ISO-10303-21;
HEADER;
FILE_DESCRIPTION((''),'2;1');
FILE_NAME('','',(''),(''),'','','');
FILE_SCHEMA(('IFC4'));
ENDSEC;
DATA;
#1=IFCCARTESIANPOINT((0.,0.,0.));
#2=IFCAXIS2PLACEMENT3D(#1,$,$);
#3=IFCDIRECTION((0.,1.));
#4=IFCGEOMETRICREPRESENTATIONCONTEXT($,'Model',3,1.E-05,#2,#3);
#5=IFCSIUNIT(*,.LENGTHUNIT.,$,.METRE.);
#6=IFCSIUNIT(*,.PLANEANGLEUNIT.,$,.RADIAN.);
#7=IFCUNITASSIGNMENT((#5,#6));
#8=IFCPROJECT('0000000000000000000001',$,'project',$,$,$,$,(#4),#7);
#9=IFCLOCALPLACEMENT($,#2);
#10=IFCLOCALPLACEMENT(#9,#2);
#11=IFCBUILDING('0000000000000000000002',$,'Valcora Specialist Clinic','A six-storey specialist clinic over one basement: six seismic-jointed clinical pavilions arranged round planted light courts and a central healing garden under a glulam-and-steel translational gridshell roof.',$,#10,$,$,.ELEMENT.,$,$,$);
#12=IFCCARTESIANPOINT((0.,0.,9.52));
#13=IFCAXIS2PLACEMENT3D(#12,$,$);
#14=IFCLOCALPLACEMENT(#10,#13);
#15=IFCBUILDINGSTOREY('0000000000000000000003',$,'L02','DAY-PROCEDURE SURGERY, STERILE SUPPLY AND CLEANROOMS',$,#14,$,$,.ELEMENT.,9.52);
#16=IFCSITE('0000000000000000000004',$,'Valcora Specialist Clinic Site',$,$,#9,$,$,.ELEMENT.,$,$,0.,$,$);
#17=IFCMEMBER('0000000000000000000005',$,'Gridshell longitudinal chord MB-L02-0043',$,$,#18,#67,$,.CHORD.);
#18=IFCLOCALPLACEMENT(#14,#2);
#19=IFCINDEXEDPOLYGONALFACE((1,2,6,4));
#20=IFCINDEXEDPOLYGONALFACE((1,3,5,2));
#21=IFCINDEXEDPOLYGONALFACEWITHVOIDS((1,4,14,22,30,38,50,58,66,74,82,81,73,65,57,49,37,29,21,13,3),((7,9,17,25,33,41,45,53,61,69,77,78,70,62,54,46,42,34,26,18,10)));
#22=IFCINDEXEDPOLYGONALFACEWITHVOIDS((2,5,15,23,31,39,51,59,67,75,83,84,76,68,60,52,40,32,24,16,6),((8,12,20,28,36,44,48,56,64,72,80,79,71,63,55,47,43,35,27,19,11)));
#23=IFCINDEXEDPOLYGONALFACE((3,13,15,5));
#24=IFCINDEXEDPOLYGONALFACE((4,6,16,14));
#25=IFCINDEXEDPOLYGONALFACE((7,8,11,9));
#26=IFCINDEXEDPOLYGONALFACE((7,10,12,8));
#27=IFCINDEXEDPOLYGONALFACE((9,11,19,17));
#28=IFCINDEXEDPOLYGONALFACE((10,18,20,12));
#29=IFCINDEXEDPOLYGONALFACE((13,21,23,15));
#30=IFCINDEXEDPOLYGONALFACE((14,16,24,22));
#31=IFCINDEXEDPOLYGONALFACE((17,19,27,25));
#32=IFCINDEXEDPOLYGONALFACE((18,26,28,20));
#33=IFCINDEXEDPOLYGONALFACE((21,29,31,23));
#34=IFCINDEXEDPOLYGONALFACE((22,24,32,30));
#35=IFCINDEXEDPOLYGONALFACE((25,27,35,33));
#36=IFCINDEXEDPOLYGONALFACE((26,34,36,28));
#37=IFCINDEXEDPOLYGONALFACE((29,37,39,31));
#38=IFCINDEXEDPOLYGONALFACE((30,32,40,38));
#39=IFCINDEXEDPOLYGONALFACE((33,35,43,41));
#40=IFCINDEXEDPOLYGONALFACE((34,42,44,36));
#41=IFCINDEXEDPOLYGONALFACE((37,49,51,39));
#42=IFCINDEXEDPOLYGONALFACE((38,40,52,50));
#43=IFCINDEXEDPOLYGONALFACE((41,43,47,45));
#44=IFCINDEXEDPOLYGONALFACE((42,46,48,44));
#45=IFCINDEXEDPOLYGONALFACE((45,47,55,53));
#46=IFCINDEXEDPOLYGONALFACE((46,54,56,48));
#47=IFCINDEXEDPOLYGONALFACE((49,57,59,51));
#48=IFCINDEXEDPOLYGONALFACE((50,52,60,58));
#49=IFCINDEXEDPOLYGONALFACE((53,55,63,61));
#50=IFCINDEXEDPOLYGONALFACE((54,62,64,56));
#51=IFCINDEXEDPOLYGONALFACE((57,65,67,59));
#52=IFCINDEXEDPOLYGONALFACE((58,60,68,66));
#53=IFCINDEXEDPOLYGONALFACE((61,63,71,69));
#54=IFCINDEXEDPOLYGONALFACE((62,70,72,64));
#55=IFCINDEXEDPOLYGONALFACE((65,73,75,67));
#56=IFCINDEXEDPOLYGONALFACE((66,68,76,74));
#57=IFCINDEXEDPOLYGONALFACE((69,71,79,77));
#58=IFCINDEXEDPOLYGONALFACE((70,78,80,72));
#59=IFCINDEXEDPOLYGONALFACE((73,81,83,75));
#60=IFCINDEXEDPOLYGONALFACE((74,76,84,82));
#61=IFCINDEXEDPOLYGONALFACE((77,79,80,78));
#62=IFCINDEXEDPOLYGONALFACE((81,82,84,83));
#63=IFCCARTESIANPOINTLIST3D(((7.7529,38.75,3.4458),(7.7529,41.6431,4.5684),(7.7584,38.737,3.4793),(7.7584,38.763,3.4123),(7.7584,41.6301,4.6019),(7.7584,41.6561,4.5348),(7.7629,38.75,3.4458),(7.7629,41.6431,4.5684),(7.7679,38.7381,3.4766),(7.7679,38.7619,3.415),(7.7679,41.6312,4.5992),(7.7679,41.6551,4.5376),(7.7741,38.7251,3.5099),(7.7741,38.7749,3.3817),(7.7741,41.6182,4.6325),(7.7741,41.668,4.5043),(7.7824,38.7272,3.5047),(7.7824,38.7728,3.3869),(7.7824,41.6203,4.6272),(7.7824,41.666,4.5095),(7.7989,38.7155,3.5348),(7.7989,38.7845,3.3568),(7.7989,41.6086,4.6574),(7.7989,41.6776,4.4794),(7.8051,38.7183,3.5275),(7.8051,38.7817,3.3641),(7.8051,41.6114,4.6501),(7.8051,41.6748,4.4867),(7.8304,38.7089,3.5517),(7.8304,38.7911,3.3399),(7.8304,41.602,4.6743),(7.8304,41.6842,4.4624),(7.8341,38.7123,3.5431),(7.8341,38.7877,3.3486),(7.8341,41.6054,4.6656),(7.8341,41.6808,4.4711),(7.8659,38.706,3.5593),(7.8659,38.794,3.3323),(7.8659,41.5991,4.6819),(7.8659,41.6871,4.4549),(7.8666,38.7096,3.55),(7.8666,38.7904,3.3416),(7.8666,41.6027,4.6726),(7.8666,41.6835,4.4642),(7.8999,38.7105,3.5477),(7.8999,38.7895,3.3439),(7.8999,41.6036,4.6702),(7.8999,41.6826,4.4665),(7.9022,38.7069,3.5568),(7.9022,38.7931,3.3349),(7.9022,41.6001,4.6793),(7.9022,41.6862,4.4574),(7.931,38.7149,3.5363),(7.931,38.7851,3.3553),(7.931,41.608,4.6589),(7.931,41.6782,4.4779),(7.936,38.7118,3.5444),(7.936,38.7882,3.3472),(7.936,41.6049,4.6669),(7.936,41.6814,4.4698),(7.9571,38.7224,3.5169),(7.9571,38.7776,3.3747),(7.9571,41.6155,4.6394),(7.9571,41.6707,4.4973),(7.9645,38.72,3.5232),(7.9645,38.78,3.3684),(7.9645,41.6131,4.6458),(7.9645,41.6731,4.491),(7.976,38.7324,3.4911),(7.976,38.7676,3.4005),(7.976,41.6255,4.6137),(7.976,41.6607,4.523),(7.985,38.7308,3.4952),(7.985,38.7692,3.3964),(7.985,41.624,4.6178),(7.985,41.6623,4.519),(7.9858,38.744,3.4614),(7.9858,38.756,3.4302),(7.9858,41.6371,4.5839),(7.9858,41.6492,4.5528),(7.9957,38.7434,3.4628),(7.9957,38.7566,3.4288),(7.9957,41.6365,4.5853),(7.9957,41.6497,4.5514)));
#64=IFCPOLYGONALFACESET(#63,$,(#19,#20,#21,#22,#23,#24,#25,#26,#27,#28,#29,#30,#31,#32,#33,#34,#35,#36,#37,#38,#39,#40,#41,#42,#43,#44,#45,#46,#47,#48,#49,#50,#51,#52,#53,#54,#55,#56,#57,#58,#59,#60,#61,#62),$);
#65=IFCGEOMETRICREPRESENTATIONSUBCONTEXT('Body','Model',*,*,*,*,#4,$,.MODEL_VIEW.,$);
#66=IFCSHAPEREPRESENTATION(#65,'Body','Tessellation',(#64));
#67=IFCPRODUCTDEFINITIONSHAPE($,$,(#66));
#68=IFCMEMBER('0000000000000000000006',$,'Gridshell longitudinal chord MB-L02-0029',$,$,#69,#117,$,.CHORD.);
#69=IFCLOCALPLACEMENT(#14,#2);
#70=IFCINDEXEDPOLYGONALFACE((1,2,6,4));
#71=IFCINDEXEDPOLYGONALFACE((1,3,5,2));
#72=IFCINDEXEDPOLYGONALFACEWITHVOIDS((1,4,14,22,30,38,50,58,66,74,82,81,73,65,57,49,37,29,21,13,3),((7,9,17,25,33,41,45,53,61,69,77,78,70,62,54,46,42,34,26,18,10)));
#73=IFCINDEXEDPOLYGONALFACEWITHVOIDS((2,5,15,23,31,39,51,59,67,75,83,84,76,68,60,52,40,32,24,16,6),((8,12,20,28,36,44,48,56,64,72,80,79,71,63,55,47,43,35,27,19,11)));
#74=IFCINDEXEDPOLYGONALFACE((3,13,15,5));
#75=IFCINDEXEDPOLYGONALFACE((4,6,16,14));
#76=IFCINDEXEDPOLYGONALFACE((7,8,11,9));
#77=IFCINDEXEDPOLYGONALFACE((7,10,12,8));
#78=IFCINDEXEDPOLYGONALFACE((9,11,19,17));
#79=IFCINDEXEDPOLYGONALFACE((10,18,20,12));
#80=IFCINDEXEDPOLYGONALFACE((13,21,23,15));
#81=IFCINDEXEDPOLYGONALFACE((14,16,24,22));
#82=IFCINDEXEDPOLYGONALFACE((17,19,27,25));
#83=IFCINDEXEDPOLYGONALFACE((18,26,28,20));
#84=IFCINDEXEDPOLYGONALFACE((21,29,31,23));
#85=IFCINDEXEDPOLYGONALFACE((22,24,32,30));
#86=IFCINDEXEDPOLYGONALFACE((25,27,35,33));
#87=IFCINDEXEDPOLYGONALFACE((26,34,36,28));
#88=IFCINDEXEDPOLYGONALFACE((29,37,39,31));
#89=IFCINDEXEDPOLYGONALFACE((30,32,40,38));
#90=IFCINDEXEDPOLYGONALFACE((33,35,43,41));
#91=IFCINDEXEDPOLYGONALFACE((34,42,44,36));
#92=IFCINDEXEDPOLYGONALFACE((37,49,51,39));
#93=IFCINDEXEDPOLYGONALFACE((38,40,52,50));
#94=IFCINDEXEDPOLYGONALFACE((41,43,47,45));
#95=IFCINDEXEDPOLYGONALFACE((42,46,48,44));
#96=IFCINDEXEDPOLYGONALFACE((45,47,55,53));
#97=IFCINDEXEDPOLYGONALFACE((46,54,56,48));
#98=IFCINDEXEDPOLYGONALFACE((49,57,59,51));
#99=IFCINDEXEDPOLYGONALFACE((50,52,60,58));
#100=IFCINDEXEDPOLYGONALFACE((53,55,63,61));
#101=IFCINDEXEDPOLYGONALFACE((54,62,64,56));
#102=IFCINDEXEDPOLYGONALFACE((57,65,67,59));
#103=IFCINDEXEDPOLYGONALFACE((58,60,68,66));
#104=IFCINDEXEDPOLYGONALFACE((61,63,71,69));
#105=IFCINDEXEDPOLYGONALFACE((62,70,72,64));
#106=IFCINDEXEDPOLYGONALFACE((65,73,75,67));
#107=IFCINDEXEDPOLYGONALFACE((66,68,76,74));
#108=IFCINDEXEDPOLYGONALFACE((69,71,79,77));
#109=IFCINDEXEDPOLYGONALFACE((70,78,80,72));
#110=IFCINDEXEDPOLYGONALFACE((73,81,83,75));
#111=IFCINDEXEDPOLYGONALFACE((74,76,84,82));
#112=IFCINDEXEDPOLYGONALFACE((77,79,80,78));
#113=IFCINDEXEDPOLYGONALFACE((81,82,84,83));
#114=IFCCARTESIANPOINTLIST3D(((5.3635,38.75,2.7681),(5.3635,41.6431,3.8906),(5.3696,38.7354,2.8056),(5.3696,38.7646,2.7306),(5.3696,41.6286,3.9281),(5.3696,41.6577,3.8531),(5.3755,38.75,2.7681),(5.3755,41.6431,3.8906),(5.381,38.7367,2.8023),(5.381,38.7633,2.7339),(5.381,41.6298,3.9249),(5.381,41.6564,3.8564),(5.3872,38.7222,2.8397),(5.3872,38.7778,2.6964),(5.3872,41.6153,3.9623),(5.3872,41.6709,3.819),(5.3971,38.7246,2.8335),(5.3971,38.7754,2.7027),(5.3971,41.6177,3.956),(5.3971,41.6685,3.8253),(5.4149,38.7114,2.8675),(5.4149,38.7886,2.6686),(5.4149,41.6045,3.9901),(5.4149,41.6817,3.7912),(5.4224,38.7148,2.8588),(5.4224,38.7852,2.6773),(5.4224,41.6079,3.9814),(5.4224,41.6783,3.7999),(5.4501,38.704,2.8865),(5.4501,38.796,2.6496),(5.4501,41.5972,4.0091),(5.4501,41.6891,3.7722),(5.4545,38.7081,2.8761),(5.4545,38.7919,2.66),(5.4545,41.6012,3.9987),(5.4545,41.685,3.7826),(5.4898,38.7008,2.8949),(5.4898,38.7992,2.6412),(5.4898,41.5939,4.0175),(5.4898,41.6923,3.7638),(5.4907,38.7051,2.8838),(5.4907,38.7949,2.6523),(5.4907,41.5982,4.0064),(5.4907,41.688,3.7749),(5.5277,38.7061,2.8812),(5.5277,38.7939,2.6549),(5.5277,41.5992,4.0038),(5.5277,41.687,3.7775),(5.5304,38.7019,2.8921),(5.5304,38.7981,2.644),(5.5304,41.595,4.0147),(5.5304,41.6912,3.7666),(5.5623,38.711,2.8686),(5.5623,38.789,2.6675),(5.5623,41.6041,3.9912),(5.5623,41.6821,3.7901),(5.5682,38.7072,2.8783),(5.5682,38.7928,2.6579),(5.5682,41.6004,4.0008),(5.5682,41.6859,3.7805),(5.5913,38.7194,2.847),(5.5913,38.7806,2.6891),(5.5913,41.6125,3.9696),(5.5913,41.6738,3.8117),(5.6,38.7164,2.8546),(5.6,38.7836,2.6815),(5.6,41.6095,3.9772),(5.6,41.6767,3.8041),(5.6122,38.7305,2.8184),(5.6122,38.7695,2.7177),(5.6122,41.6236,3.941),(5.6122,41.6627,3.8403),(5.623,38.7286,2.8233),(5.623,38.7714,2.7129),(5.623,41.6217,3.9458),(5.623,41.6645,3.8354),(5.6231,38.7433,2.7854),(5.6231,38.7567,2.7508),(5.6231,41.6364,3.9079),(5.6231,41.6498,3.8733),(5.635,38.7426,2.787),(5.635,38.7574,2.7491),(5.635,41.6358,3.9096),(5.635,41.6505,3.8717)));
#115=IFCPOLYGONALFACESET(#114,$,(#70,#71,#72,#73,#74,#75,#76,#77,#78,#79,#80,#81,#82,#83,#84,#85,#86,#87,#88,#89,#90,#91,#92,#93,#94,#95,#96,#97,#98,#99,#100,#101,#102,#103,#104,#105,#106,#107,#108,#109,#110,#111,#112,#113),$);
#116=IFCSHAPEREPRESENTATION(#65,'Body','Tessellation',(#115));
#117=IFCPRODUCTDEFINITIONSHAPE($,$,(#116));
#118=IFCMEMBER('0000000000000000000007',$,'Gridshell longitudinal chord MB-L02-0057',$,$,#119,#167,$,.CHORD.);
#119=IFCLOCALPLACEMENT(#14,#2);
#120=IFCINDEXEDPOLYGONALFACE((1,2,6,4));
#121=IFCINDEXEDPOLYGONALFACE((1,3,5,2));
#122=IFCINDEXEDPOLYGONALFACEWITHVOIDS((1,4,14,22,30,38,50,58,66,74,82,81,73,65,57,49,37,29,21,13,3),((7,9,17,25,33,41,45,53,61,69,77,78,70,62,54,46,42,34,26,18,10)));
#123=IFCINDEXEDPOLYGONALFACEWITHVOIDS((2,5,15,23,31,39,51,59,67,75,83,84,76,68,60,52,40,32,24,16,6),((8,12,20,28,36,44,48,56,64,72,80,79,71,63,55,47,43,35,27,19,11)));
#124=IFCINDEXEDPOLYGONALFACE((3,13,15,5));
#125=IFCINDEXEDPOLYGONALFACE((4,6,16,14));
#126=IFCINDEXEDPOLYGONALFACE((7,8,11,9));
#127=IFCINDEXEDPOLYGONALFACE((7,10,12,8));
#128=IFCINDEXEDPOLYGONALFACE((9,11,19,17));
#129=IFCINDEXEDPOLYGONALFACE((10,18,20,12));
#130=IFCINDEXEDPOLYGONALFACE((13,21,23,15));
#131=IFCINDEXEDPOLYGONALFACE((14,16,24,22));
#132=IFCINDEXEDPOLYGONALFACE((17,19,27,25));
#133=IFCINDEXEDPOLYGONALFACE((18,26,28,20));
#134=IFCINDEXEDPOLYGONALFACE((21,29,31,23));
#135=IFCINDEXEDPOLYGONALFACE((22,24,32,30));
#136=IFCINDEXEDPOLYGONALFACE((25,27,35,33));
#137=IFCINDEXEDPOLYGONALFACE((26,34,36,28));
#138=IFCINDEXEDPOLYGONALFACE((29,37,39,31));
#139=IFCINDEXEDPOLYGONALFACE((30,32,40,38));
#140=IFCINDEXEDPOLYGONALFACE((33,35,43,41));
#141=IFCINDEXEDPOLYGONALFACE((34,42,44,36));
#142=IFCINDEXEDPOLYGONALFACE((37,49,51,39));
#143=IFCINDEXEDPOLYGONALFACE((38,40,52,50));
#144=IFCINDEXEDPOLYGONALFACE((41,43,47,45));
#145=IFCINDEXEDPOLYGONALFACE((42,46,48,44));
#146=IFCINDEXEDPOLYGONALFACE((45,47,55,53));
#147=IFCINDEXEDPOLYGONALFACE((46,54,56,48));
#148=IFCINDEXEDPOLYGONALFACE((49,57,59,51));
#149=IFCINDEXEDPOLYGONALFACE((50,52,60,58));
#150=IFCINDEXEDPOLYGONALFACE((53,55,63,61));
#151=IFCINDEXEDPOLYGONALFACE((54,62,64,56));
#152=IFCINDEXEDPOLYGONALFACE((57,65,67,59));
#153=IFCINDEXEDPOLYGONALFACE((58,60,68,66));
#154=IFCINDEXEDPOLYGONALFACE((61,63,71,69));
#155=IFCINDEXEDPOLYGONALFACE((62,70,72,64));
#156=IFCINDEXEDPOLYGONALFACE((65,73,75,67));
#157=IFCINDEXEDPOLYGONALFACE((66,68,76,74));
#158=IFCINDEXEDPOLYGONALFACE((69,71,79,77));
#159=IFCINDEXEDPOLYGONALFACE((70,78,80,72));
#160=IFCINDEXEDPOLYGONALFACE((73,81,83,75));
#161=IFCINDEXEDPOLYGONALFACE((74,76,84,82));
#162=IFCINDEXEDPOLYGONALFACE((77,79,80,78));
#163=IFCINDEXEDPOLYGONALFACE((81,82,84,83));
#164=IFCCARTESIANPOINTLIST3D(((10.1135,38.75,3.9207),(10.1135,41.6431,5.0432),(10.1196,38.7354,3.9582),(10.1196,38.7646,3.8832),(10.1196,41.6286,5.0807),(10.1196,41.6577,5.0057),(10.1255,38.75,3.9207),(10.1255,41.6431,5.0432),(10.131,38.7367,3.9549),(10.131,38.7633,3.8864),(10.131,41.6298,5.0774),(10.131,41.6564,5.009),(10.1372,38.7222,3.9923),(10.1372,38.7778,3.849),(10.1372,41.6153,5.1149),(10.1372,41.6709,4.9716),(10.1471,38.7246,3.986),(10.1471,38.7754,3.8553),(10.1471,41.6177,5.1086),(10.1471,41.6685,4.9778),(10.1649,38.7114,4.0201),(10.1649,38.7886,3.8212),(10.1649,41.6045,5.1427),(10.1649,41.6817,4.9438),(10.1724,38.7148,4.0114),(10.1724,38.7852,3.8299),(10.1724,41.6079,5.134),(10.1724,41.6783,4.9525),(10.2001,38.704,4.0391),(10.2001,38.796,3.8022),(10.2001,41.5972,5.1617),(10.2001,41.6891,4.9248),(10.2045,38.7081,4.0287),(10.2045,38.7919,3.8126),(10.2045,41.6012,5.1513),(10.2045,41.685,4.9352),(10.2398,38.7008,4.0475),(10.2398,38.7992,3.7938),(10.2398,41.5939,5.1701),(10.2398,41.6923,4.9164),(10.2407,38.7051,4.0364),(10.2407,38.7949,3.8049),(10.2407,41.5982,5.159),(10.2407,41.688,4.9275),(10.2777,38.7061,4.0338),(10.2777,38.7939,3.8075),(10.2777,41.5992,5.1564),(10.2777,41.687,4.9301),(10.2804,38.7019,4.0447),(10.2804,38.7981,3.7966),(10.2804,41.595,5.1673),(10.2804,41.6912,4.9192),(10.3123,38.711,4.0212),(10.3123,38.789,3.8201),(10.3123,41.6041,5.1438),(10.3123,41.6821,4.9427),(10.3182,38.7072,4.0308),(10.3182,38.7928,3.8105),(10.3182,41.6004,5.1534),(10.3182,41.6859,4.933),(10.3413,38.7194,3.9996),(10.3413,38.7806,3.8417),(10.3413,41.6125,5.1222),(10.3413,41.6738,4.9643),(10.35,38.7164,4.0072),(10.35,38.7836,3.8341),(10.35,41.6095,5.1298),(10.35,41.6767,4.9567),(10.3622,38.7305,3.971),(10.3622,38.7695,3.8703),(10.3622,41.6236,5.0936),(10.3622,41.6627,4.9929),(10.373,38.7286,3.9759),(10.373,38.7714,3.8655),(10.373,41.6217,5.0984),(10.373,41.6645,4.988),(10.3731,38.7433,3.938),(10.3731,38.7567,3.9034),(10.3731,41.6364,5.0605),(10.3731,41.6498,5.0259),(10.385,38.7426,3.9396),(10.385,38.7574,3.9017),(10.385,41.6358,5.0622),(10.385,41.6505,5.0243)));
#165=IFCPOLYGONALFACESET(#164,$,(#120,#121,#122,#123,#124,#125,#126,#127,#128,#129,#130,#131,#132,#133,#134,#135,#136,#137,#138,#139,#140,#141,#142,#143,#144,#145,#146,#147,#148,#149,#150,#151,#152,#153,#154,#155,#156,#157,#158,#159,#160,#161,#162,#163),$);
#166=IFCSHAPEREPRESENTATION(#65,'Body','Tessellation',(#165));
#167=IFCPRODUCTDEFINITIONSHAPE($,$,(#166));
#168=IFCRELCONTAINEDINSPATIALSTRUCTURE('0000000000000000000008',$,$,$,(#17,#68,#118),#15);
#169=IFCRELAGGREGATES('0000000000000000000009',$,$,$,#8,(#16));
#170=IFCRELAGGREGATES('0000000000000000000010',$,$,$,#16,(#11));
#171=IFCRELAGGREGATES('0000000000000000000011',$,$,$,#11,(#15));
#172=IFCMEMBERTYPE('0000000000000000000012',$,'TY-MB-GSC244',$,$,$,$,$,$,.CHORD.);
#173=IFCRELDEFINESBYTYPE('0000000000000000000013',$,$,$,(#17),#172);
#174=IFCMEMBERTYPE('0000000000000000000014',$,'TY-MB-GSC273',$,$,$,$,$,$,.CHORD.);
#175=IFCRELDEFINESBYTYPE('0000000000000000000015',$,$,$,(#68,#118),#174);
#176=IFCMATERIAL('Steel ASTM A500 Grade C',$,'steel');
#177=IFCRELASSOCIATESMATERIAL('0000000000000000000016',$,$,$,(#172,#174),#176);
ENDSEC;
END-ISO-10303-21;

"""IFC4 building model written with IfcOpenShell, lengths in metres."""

from ifc_helpers import new_model, si_unit, direction, frame, origin, origin_2d, place, context, subcontext, project, spatial, hollow_circle, extrude, material, material_profile, profile_set, type_object, element, save


model = new_model("IFC4")

# Units and contexts
model_context = context("Model", 3, precision=1e-05, world=origin(), true_north=direction((0.0, 1.0)))
body_context = subcontext(model_context, "Body", "Model", "MODEL_VIEW")
ifc_project = project(units=[si_unit("LENGTHUNIT", "METRE"), si_unit("PLANEANGLEUNIT", "RADIAN")], contexts=[model_context])

# Site, building, storey
site_placement = place(None, origin())
site = spatial("IfcSite", under=ifc_project, at=site_placement, Name="Valcora Specialist Clinic Site", CompositionType="ELEMENT", RefElevation=0.0)
building_placement = place(site_placement, origin())
building = spatial("IfcBuilding", under=site, at=building_placement, Name="Valcora Specialist Clinic", Description="A six-storey specialist clinic over one basement: six seismic-jointed clinical pavilions arranged round planted light courts and a central healing garden under a glulam-and-steel translational gridshell roof.", CompositionType="ELEMENT")
storey_placement = place(building_placement, frame((0.0, 0.0, 9.52)))
storey = spatial("IfcBuildingStorey", under=building, at=storey_placement, Name="L02", Description="DAY-PROCEDURE SURGERY, STERILE SUPPLY AND CLEANROOMS", CompositionType="ELEMENT", Elevation=9.52)

# Members
ifc_material_1 = material(Name="Steel ASTM A500 Grade C", Category="steel")
ifc_material_profile_1 = material_profile(ifc_material_1, hollow_circle(Radius=0.1221, WallThickness=0.01, at=origin_2d()), Name="ST-CHS-244X10")
ifc_profile_set_1 = profile_set([ifc_material_profile_1], Name="Steel ASTM A500 Grade C")
member_type_1 = type_object("IfcMemberType", Name="TY-MB-GSC244", PredefinedType="CHORD", material=ifc_profile_set_1)
for number, where, z_axis, x_axis, name in (
    (1, (7.875, 38.75, 3.4458), (0.0, 0.932279, 0.36174), (-1.0, 0.0, 0.0), "Gridshell longitudinal chord MB-L02-0043"),
):
    element("IfcMember", number, at=place(storey_placement, frame(where, z_axis=z_axis, x_axis=x_axis)), inside=storey, type_object=member_type_1, Name=name, PredefinedType="CHORD", context=body_context, shape_type="SweptSolid", body=[
        extrude(hollow_circle(Radius=0.1221, WallThickness=0.01, at=origin_2d()), origin(), (0.0, 0.0, 1.0), 3.1033),
    ])
ifc_material_profile_2 = material_profile(ifc_material_1, hollow_circle(Radius=0.1365, WallThickness=0.012, at=origin_2d()), Name="ST-CHS-273X12")
ifc_profile_set_2 = profile_set([ifc_material_profile_2], Name="Steel ASTM A500 Grade C")
member_type_2 = type_object("IfcMemberType", Name="TY-MB-GSC273", PredefinedType="CHORD", material=ifc_profile_set_2)
for number, where, z_axis, x_axis, name in (
    (2, (5.5, 38.75, 2.7681), (0.0, 0.932279, 0.36174), (-1.0, 0.0, 0.0), "Gridshell longitudinal chord MB-L02-0029"),
    (3, (10.25, 38.75, 3.9207), (0.0, 0.932279, 0.36174), (-1.0, 0.0, 0.0), "Gridshell longitudinal chord MB-L02-0057"),
):
    element("IfcMember", number, at=place(storey_placement, frame(where, z_axis=z_axis, x_axis=x_axis)), inside=storey, type_object=member_type_2, Name=name, PredefinedType="CHORD", context=body_context, shape_type="SweptSolid", body=[
        extrude(hollow_circle(Radius=0.1365, WallThickness=0.012, at=origin_2d()), origin(), (0.0, 0.0, 1.0), 3.1033),
    ])

save(model, "model.ifc")
